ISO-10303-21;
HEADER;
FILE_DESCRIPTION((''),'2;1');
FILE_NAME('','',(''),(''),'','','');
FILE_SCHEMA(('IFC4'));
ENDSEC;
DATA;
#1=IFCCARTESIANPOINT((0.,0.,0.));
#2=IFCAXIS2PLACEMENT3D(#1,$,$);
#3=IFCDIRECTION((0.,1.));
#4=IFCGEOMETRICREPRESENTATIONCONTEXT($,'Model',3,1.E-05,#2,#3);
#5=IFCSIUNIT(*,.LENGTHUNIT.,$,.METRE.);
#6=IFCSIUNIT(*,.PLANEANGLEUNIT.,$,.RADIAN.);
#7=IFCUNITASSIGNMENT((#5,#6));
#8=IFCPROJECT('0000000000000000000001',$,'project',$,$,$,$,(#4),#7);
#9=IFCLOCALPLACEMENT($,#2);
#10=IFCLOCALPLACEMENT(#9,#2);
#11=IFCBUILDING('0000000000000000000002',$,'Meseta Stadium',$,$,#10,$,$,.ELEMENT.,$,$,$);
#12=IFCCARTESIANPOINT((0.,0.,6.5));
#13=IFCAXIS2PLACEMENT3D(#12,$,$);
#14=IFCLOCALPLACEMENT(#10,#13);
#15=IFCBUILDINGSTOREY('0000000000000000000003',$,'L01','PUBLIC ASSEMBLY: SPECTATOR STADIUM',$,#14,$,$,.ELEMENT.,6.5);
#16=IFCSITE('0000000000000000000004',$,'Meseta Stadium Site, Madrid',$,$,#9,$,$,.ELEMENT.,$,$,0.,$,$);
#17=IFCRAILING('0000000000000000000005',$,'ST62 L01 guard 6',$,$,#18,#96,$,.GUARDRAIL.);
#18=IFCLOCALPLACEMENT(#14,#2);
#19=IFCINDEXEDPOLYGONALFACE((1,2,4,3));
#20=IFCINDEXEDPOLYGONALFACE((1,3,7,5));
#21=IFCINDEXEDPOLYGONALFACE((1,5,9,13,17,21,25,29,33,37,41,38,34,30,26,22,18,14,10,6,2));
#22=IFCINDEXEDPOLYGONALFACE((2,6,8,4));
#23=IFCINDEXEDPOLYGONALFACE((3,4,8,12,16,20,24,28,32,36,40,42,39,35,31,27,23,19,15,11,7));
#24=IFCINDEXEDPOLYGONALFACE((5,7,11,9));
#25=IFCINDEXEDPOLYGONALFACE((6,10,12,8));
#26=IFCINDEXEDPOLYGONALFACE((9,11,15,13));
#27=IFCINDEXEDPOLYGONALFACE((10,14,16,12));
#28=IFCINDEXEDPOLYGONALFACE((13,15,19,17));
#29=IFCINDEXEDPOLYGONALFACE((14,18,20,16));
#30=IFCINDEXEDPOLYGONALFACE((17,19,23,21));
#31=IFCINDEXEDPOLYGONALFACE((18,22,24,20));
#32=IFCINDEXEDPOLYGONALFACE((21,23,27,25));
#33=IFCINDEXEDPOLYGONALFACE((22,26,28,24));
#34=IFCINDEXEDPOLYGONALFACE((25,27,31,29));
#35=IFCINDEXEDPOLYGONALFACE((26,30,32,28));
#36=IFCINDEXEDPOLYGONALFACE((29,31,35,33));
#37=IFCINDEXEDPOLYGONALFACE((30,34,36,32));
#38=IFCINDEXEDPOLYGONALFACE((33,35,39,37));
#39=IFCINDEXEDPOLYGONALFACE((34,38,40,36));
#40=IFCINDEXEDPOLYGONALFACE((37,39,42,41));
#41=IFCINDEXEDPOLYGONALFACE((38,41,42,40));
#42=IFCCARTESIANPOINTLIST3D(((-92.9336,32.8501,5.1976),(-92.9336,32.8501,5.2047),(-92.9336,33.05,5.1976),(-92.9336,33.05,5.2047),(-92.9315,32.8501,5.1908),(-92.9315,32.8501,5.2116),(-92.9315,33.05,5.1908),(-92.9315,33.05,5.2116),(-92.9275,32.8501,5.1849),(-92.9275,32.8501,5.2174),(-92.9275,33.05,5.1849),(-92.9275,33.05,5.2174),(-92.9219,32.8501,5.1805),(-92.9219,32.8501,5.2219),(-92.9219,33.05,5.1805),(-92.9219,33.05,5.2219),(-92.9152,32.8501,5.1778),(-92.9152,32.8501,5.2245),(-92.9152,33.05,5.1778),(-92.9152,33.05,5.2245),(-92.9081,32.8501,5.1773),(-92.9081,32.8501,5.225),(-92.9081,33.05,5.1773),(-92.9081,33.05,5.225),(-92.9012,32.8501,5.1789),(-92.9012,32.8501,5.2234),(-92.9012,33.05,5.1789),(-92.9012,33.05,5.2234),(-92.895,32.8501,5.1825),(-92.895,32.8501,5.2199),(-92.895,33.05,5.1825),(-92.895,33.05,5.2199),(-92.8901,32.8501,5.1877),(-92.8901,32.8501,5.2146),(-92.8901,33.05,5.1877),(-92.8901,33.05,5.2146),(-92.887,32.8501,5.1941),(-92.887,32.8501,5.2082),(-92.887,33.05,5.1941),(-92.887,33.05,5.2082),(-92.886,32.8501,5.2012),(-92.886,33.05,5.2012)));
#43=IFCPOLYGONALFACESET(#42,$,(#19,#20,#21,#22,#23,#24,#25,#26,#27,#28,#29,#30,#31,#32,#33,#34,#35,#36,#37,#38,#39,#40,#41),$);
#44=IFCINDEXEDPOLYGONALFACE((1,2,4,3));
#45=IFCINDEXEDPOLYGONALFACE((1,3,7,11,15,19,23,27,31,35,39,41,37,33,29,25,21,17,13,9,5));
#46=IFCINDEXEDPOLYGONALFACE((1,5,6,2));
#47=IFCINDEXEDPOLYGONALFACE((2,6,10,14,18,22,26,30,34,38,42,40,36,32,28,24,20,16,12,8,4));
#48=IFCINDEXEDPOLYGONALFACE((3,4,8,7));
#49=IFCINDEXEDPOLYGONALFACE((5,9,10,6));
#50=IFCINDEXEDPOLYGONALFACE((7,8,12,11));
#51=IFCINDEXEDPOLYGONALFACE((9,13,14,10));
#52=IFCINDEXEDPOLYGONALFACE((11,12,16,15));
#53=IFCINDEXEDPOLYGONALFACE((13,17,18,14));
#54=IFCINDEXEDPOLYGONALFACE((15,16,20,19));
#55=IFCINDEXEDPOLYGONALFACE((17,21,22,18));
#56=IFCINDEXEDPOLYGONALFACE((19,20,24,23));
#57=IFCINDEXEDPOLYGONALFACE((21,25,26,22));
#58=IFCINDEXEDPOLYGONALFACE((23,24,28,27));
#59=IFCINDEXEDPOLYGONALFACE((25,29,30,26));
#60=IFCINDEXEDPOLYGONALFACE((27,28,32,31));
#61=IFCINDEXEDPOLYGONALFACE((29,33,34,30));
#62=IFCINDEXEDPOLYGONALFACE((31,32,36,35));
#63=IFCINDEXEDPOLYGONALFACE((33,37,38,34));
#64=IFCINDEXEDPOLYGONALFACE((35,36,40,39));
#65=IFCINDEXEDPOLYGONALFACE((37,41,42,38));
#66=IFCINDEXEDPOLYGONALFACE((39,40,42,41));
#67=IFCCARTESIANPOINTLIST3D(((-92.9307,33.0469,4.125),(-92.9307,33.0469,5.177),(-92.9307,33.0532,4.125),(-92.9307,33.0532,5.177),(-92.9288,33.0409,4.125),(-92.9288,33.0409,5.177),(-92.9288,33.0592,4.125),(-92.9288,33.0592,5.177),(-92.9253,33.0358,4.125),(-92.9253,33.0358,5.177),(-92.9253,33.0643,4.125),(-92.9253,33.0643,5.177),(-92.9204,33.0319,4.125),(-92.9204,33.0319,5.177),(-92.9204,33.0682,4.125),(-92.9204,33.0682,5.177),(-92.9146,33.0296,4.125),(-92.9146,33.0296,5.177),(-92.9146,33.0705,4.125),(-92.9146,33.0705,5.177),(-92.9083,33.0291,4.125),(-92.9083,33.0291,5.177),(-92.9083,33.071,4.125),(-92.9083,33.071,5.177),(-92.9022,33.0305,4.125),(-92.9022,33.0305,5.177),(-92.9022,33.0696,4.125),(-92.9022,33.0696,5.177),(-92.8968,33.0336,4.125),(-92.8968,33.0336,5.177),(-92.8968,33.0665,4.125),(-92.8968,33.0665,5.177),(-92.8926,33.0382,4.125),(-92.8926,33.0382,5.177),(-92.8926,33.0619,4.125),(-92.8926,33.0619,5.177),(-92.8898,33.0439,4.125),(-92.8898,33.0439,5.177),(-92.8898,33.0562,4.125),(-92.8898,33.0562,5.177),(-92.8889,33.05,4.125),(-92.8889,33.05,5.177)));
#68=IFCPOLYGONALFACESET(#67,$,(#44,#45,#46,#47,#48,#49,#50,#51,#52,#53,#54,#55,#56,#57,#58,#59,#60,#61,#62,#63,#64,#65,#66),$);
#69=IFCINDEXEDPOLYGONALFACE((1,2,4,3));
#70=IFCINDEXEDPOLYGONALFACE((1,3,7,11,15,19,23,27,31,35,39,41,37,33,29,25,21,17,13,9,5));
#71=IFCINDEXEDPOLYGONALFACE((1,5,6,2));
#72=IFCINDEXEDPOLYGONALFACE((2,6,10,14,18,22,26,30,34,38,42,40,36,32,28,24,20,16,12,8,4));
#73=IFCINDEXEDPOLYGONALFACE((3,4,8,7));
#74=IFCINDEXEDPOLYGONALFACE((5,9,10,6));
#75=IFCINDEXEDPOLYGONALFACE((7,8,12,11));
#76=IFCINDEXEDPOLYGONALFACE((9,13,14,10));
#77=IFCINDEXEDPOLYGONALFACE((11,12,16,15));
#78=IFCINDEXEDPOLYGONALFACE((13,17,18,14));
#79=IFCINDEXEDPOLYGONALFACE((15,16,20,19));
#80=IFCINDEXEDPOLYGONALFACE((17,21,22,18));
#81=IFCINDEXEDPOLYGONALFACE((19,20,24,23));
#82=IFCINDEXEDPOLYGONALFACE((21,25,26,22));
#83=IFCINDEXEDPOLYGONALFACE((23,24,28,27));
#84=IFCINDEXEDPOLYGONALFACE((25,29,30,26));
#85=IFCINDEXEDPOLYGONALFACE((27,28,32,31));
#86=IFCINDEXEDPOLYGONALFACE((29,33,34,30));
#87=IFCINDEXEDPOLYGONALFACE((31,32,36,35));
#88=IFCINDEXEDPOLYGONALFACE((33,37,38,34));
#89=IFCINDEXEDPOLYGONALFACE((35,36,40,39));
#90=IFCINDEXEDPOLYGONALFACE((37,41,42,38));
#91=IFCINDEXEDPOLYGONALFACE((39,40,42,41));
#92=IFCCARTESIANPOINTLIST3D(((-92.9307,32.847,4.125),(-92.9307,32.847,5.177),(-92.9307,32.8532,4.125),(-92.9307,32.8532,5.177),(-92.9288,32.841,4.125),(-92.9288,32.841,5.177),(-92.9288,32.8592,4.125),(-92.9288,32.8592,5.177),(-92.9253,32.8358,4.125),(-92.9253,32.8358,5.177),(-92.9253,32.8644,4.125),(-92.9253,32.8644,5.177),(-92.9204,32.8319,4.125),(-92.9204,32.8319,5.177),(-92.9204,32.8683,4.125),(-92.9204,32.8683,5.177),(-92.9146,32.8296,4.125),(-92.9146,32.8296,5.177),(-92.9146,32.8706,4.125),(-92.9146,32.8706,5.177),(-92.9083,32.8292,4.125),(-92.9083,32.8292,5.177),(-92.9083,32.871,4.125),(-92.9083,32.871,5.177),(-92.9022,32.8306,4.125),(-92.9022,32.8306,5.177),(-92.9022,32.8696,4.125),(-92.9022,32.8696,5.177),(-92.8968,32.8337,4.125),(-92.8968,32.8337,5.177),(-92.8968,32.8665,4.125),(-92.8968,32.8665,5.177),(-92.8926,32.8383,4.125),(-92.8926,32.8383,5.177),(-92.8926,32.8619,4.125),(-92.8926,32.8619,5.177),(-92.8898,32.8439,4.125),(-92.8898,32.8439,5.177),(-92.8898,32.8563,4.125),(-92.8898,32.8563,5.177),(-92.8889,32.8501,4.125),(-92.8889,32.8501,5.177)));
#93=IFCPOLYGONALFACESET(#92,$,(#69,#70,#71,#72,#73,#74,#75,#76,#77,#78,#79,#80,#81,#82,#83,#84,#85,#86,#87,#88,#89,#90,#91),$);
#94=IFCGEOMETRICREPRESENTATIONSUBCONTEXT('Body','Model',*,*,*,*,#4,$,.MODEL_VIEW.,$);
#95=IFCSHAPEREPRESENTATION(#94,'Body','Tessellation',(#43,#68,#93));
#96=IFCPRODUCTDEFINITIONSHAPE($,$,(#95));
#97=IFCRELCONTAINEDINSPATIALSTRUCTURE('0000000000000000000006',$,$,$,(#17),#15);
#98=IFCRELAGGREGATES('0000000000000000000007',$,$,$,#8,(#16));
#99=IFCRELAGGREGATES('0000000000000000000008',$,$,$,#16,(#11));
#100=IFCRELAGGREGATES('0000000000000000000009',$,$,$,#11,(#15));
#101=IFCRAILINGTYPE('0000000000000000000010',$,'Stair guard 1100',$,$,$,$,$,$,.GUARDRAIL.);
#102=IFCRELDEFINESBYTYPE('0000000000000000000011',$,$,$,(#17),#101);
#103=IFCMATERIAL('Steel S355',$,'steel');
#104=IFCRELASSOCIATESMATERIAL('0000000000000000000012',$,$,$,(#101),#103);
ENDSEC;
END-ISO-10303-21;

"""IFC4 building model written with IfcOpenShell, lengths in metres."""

from ifc_helpers import new_model, si_unit, direction, frame, origin, origin_2d, place, context, subcontext, project, spatial, circle, extrude, material, type_object, element, save


model = new_model("IFC4")

# Units and contexts
model_context = context("Model", 3, precision=1e-05, world=origin(), true_north=direction((0.0, 1.0)))
body_context = subcontext(model_context, "Body", "Model", "MODEL_VIEW")
ifc_project = project(units=[si_unit("LENGTHUNIT", "METRE"), si_unit("PLANEANGLEUNIT", "RADIAN")], contexts=[model_context])

# Site, building, storey
site_placement = place(None, origin())
site = spatial("IfcSite", under=ifc_project, at=site_placement, Name="Meseta Stadium Site, Madrid", CompositionType="ELEMENT", RefElevation=0.0)
building_placement = place(site_placement, origin())
building = spatial("IfcBuilding", under=site, at=building_placement, Name="Meseta Stadium", CompositionType="ELEMENT")
storey_placement = place(building_placement, frame((0.0, 0.0, 6.5)))
storey = spatial("IfcBuildingStorey", under=building, at=storey_placement, Name="L01", Description="PUBLIC ASSEMBLY: SPECTATOR STADIUM", CompositionType="ELEMENT", Elevation=6.5)

# Railing
ifc_material_1 = material(Name="Steel S355", Category="steel")
railing_type_1 = type_object("IfcRailingType", Name="Stair guard 1100", PredefinedType="GUARDRAIL", material=ifc_material_1)
railing_1_placement = place(storey_placement, frame((-92.9099, 33.05, 4.125)))
element("IfcRailing", 1, at=railing_1_placement, inside=storey, type_object=railing_type_1, Name="ST62 L01 guard 6", PredefinedType="GUARDRAIL", context=body_context, shape_type="SweptSolid", body=[
    extrude(circle(Radius=0.0239, at=origin_2d()), frame((0.0, 0.0, 1.0762), z_axis=(0.0, -1.0, 0.0), x_axis=(1.0, 0.0, 0.0)), (0.0, 0.0, 1.0), 0.2),
    extrude(circle(Radius=0.021, at=origin_2d()), origin(), (0.0, 0.0, 1.0), 1.052),
    extrude(circle(Radius=0.021, at=origin_2d()), frame((0.0, -0.2, 0.0)), (0.0, 0.0, 1.0), 1.052),
])

save(model, "model.ifc")
